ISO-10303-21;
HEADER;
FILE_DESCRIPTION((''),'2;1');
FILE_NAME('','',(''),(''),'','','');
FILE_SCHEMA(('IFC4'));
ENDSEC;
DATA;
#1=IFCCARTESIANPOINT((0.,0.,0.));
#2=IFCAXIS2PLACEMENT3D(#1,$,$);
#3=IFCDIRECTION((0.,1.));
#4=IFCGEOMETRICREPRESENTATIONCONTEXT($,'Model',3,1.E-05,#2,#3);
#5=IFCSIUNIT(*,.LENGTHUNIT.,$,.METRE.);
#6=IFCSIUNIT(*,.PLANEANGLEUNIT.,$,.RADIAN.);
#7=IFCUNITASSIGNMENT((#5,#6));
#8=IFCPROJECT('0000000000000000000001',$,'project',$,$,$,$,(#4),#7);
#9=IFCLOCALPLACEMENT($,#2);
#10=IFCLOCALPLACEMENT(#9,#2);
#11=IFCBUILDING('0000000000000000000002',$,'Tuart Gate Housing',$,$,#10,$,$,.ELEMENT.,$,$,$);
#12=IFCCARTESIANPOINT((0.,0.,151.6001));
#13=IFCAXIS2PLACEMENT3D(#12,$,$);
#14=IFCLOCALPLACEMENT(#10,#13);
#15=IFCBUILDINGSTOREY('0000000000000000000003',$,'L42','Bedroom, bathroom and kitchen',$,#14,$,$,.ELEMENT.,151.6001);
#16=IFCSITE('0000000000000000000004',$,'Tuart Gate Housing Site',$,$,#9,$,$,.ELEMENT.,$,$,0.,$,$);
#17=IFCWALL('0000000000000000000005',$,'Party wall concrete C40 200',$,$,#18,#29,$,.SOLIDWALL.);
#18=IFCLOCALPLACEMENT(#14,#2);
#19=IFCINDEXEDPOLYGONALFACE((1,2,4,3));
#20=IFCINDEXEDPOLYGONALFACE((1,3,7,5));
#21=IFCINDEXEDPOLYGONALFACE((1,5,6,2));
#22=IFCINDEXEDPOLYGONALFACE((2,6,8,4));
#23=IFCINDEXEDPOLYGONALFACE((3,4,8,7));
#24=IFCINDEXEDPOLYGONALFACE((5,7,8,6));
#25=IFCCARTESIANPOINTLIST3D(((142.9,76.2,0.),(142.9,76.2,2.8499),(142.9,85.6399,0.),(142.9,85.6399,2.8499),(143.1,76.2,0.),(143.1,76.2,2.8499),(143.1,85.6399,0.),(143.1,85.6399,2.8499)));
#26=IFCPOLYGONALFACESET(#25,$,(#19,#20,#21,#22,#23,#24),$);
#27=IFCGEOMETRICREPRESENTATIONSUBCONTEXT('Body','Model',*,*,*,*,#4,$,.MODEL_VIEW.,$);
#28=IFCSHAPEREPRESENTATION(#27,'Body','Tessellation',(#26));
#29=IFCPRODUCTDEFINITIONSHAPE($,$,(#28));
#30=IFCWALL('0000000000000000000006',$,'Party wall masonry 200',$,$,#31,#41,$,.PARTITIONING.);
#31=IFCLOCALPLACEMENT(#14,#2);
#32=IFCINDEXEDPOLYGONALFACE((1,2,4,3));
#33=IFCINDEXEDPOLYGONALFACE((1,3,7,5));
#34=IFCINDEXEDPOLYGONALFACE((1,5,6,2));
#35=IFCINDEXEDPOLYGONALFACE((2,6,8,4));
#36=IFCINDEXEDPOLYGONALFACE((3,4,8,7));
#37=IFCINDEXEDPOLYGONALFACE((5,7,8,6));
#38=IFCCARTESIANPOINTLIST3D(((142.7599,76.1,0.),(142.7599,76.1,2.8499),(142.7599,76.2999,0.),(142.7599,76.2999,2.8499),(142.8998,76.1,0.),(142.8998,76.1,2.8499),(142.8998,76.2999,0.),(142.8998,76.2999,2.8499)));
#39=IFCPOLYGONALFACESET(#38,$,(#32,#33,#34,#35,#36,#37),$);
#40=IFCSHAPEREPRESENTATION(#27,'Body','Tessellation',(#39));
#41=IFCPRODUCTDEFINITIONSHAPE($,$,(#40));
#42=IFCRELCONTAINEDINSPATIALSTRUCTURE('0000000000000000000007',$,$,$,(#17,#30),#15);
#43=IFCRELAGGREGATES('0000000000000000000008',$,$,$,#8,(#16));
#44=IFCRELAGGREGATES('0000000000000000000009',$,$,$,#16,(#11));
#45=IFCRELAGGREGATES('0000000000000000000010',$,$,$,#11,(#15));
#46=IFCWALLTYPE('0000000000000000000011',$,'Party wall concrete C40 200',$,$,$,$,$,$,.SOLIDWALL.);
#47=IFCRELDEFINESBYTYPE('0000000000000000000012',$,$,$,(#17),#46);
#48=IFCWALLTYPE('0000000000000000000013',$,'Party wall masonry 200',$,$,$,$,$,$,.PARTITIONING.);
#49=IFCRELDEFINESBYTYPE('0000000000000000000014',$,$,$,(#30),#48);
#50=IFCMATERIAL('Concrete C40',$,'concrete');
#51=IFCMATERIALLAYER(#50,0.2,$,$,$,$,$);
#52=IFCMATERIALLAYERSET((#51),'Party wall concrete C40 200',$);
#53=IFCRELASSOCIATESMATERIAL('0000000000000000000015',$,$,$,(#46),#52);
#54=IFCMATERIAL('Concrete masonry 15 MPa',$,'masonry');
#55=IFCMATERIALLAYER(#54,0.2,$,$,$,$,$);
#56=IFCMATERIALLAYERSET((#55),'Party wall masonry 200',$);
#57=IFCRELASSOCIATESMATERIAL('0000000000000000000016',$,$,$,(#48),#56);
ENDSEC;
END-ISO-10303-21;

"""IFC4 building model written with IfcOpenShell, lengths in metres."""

from ifc_helpers import new_model, si_unit, direction, frame, frame_2d, origin, place, context, subcontext, project, spatial, rectangle, extrude, material, layer, layer_set, type_object, element, save


model = new_model("IFC4")

# Units and contexts
model_context = context("Model", 3, precision=1e-05, world=origin(), true_north=direction((0.0, 1.0)))
body_context = subcontext(model_context, "Body", "Model", "MODEL_VIEW")
ifc_project = project(units=[si_unit("LENGTHUNIT", "METRE"), si_unit("PLANEANGLEUNIT", "RADIAN")], contexts=[model_context])

# Site, building, storey
site_placement = place(None, origin())
site = spatial("IfcSite", under=ifc_project, at=site_placement, Name="Tuart Gate Housing Site", CompositionType="ELEMENT", RefElevation=0.0)
building_placement = place(site_placement, origin())
building = spatial("IfcBuilding", under=site, at=building_placement, Name="Tuart Gate Housing", CompositionType="ELEMENT")
storey_placement = place(building_placement, frame((0.0, 0.0, 151.6001)))
storey = spatial("IfcBuildingStorey", under=building, at=storey_placement, Name="L42", Description="Bedroom, bathroom and kitchen", CompositionType="ELEMENT", Elevation=151.6001)

# Walls
ifc_material_1 = material(Name="Concrete C40", Category="concrete")
ifc_layer_1 = layer(ifc_material_1, 0.2)
ifc_layer_set_1 = layer_set([ifc_layer_1], Name="Party wall concrete C40 200")
wall_type_1 = type_object("IfcWallType", Name="Party wall concrete C40 200", PredefinedType="SOLIDWALL", material=ifc_layer_set_1)
wall_1_placement = place(storey_placement, frame((143.0, 76.2, 0.0), z_axis=(0.0, 0.0, 1.0), x_axis=(0.0, 1.0, 0.0)))
element("IfcWall", 1, at=wall_1_placement, inside=storey, type_object=wall_type_1, Name="Party wall concrete C40 200", PredefinedType="SOLIDWALL", context=body_context, shape_type="SweptSolid", body=[
    extrude(rectangle(XDim=9.4399, YDim=0.2, at=frame_2d((4.72, 0.0))), origin(), (0.0, 0.0, 1.0), 2.8499),
])
ifc_material_2 = material(Name="Concrete masonry 15 MPa", Category="masonry")
ifc_layer_2 = layer(ifc_material_2, 0.2)
ifc_layer_set_2 = layer_set([ifc_layer_2], Name="Party wall masonry 200")
wall_type_2 = type_object("IfcWallType", Name="Party wall masonry 200", PredefinedType="PARTITIONING", material=ifc_layer_set_2)
wall_2_placement = place(storey_placement, frame((142.76, 76.2, 0.0), z_axis=(0.0, 0.0, 1.0), x_axis=(1.0, 0.0, 0.0)))
element("IfcWall", 2, at=wall_2_placement, inside=storey, type_object=wall_type_2, Name="Party wall masonry 200", PredefinedType="PARTITIONING", context=body_context, shape_type="SweptSolid", body=[
    extrude(rectangle(XDim=0.1399, YDim=0.2, at=frame_2d((0.0698, 0.0))), origin(), (0.0, 0.0, 1.0), 2.8499),
])

save(model, "model.ifc")
